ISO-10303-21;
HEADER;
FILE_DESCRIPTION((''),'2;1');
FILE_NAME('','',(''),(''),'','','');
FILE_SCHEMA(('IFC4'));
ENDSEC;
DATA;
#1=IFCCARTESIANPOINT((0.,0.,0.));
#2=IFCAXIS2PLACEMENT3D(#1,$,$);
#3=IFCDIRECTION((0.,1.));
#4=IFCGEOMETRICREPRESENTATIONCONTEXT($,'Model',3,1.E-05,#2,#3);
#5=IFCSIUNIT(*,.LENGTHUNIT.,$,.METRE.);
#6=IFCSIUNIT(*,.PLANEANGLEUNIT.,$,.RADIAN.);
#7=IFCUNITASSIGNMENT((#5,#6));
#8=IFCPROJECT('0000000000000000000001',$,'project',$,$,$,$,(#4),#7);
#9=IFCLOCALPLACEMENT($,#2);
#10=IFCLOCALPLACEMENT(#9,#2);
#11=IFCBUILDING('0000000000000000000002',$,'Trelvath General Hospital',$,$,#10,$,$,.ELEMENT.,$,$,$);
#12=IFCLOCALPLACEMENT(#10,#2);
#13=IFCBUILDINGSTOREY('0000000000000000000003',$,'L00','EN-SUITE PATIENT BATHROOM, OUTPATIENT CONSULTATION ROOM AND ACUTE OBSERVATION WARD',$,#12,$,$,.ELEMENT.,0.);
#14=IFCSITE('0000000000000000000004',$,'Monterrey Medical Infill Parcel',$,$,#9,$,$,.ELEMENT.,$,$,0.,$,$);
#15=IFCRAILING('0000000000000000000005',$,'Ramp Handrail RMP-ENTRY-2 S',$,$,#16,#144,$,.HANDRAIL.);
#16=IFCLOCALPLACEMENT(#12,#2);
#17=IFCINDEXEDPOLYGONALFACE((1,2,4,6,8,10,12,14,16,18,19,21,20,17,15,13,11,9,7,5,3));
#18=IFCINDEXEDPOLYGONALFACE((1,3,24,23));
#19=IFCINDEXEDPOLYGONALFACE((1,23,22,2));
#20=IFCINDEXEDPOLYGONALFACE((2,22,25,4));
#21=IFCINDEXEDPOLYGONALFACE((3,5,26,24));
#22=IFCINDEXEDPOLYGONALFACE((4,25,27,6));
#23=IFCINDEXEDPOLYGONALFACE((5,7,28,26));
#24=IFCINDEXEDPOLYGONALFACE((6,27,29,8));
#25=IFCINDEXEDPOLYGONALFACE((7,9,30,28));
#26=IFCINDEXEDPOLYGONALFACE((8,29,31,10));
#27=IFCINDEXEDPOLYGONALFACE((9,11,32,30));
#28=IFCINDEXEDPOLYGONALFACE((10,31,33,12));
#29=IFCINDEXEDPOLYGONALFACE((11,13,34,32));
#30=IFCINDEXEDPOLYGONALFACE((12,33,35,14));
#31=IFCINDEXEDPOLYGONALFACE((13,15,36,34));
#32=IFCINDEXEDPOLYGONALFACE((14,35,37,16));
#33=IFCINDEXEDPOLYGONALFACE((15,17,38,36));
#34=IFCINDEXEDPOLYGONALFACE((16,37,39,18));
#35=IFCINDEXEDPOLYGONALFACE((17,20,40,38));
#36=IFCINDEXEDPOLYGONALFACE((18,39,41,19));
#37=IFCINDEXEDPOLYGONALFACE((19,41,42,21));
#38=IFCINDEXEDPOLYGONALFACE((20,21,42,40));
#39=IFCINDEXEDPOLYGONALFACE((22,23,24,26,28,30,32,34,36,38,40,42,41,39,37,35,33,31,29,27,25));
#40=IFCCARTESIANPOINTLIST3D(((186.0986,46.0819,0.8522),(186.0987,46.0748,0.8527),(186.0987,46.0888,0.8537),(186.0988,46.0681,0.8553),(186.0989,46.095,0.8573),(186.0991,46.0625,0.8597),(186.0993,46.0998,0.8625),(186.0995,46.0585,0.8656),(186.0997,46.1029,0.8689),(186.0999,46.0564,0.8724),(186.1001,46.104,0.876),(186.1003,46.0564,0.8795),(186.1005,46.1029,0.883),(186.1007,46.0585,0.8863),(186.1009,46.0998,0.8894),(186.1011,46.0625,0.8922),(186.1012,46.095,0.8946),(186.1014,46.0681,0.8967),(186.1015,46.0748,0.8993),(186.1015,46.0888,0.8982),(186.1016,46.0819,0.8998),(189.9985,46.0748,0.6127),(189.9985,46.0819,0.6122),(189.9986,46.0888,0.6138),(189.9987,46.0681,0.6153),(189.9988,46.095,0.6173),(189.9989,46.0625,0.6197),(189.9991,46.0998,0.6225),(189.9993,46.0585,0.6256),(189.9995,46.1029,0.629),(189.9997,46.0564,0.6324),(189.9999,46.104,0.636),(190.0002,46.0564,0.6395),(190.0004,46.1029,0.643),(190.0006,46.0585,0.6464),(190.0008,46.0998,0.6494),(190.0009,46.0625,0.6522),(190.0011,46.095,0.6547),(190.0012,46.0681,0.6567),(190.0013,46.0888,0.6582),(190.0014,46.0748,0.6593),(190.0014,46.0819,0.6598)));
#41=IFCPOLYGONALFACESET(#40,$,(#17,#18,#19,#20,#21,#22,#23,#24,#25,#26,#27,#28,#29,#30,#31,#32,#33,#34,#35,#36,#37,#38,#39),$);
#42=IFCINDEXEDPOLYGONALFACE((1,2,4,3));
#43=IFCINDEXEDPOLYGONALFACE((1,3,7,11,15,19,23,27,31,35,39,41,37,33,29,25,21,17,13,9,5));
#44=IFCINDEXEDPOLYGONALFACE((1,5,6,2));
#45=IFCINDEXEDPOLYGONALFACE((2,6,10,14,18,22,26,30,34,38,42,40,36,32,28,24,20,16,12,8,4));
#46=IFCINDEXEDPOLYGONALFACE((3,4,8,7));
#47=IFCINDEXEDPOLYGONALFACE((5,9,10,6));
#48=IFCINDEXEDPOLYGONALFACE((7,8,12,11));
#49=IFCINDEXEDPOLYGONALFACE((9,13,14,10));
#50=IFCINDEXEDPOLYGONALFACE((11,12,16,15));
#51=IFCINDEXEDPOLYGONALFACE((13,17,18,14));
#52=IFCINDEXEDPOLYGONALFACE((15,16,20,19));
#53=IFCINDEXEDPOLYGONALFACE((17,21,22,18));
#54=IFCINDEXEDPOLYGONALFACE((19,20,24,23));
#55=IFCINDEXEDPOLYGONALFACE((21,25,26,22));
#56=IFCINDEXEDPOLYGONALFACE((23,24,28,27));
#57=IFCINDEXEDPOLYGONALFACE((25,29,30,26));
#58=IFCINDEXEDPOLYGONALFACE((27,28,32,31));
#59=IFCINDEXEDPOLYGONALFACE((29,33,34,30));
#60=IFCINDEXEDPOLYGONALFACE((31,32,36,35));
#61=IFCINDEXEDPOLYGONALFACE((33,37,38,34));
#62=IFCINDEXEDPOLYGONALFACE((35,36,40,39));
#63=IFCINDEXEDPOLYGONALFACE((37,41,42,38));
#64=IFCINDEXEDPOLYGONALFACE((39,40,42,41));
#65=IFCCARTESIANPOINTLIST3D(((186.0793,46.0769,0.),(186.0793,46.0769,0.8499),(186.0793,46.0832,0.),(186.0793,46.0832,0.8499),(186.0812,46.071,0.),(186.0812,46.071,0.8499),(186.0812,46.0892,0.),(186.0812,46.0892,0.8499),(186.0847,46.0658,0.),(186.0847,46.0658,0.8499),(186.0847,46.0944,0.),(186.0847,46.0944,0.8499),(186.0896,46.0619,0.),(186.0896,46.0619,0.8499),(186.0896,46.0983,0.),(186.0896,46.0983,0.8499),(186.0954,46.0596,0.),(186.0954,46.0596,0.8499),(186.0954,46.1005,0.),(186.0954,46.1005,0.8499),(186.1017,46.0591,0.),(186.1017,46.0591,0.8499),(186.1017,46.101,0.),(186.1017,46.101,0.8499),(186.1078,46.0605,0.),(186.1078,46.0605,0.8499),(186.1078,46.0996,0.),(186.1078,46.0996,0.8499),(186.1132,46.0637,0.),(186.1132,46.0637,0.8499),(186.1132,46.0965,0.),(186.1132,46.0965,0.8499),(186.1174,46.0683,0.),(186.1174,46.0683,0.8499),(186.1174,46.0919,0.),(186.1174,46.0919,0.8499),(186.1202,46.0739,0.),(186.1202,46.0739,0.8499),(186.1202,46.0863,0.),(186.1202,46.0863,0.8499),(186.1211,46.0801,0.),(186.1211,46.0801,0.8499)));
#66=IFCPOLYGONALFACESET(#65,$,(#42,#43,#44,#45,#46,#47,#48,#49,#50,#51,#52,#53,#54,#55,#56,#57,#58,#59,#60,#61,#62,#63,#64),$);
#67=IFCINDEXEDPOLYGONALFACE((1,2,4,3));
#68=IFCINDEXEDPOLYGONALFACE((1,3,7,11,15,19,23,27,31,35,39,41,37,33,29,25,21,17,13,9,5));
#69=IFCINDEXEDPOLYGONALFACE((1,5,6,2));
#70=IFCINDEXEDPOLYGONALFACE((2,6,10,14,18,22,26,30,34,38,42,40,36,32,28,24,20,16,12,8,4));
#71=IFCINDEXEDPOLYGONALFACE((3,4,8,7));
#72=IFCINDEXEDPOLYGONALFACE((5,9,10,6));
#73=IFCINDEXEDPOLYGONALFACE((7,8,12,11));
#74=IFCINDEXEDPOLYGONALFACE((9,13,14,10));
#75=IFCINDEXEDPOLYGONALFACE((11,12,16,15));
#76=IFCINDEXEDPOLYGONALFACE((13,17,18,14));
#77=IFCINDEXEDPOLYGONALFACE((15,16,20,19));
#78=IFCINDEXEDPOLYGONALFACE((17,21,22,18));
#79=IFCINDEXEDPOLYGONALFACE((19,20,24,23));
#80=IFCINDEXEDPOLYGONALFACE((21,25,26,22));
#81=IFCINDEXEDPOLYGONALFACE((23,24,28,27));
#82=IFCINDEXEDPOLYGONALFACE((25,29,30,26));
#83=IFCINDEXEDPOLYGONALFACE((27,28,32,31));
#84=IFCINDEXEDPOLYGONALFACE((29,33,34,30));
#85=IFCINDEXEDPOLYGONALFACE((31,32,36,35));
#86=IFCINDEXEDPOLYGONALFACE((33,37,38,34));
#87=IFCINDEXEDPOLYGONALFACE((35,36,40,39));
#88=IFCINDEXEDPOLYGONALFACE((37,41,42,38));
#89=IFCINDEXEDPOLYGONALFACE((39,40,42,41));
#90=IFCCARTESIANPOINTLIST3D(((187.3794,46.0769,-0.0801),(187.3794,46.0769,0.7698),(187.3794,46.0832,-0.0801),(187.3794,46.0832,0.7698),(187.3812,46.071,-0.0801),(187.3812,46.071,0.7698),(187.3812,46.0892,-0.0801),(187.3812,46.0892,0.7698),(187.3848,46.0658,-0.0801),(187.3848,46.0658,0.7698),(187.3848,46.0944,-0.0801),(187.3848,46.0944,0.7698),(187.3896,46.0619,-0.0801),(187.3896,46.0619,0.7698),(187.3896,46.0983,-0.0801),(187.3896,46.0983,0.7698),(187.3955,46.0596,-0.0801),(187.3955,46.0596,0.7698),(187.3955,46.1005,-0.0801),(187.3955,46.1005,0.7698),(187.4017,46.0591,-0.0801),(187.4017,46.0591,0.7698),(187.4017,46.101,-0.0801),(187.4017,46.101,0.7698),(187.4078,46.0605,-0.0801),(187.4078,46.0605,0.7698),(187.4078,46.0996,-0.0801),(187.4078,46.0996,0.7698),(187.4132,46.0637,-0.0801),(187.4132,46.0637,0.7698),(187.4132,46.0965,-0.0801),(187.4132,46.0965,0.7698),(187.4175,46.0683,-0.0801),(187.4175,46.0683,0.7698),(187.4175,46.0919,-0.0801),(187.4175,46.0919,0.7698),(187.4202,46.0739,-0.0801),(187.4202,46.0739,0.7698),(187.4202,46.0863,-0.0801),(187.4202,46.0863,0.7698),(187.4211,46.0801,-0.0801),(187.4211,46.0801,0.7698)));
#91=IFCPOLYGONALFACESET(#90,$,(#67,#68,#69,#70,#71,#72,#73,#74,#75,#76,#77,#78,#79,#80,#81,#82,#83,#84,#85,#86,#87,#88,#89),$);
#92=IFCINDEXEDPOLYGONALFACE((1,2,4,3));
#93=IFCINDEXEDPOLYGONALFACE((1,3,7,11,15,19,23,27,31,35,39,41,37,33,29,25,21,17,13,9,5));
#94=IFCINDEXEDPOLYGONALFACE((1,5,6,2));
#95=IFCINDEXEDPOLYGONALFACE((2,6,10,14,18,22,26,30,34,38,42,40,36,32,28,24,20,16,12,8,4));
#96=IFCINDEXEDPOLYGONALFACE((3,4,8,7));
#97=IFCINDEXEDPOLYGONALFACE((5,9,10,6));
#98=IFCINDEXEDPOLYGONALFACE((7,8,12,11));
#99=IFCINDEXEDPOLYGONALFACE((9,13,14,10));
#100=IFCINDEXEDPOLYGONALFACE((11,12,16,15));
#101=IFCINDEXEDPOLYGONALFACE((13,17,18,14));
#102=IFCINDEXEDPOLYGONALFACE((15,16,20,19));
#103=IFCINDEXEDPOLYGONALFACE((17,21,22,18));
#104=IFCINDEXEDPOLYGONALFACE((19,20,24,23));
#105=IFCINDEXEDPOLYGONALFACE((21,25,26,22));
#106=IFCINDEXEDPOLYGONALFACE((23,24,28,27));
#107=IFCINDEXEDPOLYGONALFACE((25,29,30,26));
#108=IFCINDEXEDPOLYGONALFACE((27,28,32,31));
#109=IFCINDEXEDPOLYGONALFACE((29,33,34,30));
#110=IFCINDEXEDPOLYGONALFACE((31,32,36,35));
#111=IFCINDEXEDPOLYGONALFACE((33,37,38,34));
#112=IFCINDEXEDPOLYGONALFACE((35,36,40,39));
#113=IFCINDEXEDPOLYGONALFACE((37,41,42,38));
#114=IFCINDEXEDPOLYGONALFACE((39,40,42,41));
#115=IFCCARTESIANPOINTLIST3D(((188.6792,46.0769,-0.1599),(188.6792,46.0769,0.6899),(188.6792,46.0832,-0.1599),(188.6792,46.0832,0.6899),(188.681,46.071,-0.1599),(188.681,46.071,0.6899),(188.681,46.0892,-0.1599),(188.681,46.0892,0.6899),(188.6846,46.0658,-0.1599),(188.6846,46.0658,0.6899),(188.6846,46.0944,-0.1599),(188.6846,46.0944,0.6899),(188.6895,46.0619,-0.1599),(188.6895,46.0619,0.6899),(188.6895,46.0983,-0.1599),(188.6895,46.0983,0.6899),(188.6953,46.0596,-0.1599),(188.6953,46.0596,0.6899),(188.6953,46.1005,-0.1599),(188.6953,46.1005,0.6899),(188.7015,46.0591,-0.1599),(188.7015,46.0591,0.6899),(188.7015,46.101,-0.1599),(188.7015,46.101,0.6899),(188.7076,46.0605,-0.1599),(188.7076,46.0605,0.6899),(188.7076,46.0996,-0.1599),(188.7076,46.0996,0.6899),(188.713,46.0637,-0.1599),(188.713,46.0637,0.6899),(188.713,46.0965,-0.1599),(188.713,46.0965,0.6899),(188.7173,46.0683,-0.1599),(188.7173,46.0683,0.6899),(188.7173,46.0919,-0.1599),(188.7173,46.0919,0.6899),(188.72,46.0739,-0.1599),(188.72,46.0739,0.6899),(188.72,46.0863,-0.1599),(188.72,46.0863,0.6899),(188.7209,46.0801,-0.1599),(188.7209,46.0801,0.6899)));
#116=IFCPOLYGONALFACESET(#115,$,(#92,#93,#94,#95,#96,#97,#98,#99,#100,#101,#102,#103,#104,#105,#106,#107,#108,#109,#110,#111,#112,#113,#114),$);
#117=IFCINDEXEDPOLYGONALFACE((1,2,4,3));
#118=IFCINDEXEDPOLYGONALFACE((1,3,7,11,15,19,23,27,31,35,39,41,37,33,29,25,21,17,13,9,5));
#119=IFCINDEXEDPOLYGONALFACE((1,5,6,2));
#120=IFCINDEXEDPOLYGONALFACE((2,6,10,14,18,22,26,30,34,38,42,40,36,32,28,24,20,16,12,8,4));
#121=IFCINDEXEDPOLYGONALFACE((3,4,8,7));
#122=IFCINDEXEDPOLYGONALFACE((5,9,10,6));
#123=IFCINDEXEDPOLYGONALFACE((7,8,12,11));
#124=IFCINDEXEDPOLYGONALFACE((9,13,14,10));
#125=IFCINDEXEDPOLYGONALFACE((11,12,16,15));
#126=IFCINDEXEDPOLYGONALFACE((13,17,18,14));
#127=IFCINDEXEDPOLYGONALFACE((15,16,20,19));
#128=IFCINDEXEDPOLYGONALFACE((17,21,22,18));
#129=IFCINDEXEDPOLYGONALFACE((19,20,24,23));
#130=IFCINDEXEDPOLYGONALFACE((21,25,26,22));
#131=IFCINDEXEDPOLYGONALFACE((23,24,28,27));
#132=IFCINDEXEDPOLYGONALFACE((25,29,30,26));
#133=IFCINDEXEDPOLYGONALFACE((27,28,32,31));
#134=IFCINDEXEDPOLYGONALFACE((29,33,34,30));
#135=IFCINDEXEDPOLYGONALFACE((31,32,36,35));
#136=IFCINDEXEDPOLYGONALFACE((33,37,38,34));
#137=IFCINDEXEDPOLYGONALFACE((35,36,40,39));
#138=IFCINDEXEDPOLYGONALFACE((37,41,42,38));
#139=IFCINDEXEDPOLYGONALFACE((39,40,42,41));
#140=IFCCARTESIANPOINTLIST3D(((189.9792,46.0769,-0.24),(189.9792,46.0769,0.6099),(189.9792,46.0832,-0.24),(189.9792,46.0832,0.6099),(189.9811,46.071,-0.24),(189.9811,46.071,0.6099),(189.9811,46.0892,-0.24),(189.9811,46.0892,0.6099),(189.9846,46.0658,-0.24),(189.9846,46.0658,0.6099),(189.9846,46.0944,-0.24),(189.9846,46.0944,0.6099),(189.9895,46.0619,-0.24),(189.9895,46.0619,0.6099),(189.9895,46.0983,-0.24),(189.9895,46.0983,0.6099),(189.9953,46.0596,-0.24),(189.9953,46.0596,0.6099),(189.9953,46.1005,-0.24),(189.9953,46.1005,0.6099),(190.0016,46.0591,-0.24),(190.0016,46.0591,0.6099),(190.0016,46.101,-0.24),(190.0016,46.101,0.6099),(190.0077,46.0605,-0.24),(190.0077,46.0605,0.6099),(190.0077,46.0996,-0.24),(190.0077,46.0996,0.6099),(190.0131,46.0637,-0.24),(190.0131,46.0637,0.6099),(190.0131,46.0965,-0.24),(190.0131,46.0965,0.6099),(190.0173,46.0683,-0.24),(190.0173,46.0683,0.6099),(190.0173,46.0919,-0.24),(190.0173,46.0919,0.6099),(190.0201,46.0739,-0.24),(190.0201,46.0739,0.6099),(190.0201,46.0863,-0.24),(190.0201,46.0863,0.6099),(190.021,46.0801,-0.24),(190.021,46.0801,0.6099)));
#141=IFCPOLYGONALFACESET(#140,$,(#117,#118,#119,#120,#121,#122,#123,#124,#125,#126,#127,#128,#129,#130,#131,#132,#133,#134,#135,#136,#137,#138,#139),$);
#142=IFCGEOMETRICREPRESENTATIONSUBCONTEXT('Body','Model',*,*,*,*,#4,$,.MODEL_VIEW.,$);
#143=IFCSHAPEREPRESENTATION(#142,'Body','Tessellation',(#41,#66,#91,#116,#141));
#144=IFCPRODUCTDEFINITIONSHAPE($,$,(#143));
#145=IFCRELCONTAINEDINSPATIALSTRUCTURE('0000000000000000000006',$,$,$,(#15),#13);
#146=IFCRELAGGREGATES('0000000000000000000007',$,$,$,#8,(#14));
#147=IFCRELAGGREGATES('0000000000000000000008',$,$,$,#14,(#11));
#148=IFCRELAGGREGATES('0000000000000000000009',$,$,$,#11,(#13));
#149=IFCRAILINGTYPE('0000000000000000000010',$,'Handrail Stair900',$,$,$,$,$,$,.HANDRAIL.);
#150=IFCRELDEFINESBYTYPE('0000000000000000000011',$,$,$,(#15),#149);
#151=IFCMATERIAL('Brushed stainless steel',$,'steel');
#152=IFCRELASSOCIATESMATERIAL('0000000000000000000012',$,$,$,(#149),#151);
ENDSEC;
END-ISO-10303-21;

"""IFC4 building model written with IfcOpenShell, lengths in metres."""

from ifc_helpers import new_model, si_unit, direction, frame, origin, origin_2d, place, context, subcontext, project, spatial, circle, extrude, material, type_object, element, save


model = new_model("IFC4")

# Units and contexts
model_context = context("Model", 3, precision=1e-05, world=origin(), true_north=direction((0.0, 1.0)))
body_context = subcontext(model_context, "Body", "Model", "MODEL_VIEW")
ifc_project = project(units=[si_unit("LENGTHUNIT", "METRE"), si_unit("PLANEANGLEUNIT", "RADIAN")], contexts=[model_context])

# Site, building, storey
site_placement = place(None, origin())
site = spatial("IfcSite", under=ifc_project, at=site_placement, Name="Monterrey Medical Infill Parcel", CompositionType="ELEMENT", RefElevation=0.0)
building_placement = place(site_placement, origin())
building = spatial("IfcBuilding", under=site, at=building_placement, Name="Trelvath General Hospital", CompositionType="ELEMENT")
storey_placement = place(building_placement, origin())
storey = spatial("IfcBuildingStorey", under=building, at=storey_placement, Name="L00", Description="EN-SUITE PATIENT BATHROOM, OUTPATIENT CONSULTATION ROOM AND ACUTE OBSERVATION WARD", CompositionType="ELEMENT", Elevation=0.0)

# Railing
ifc_material_1 = material(Name="Brushed stainless steel", Category="steel")
railing_type = type_object("IfcRailingType", Name="Handrail Stair900", PredefinedType="HANDRAIL", material=ifc_material_1)
for number, where, name in (
    (1, (186.1001, 46.0801, 0.0), "Ramp Handrail RMP-ENTRY-2 S"),
):
    element("IfcRailing", number, at=place(storey_placement, frame(where)), inside=storey, type_object=railing_type, Name=name, PredefinedType="HANDRAIL", context=body_context, shape_type="SweptSolid", body=[
        extrude(circle(Radius=0.0239, at=origin_2d()), frame((0.0, 0.0, 0.876), z_axis=(0.998112, 0.0, -0.061421), x_axis=(0.0, 1.0, 0.0)), (0.0, 0.0, 1.0), 3.9072),
        extrude(circle(Radius=0.021, at=origin_2d()), origin(), (0.0, 0.0, 1.0), 0.8499),
        extrude(circle(Radius=0.021, at=origin_2d()), frame((1.3, 0.0, -0.0801)), (0.0, 0.0, 1.0), 0.8499),
        extrude(circle(Radius=0.021, at=origin_2d()), frame((2.5999, 0.0, -0.1599)), (0.0, 0.0, 1.0), 0.8499),
        extrude(circle(Radius=0.021, at=origin_2d()), frame((3.8999, 0.0, -0.24)), (0.0, 0.0, 1.0), 0.8499),
    ])

save(model, "model.ifc")
